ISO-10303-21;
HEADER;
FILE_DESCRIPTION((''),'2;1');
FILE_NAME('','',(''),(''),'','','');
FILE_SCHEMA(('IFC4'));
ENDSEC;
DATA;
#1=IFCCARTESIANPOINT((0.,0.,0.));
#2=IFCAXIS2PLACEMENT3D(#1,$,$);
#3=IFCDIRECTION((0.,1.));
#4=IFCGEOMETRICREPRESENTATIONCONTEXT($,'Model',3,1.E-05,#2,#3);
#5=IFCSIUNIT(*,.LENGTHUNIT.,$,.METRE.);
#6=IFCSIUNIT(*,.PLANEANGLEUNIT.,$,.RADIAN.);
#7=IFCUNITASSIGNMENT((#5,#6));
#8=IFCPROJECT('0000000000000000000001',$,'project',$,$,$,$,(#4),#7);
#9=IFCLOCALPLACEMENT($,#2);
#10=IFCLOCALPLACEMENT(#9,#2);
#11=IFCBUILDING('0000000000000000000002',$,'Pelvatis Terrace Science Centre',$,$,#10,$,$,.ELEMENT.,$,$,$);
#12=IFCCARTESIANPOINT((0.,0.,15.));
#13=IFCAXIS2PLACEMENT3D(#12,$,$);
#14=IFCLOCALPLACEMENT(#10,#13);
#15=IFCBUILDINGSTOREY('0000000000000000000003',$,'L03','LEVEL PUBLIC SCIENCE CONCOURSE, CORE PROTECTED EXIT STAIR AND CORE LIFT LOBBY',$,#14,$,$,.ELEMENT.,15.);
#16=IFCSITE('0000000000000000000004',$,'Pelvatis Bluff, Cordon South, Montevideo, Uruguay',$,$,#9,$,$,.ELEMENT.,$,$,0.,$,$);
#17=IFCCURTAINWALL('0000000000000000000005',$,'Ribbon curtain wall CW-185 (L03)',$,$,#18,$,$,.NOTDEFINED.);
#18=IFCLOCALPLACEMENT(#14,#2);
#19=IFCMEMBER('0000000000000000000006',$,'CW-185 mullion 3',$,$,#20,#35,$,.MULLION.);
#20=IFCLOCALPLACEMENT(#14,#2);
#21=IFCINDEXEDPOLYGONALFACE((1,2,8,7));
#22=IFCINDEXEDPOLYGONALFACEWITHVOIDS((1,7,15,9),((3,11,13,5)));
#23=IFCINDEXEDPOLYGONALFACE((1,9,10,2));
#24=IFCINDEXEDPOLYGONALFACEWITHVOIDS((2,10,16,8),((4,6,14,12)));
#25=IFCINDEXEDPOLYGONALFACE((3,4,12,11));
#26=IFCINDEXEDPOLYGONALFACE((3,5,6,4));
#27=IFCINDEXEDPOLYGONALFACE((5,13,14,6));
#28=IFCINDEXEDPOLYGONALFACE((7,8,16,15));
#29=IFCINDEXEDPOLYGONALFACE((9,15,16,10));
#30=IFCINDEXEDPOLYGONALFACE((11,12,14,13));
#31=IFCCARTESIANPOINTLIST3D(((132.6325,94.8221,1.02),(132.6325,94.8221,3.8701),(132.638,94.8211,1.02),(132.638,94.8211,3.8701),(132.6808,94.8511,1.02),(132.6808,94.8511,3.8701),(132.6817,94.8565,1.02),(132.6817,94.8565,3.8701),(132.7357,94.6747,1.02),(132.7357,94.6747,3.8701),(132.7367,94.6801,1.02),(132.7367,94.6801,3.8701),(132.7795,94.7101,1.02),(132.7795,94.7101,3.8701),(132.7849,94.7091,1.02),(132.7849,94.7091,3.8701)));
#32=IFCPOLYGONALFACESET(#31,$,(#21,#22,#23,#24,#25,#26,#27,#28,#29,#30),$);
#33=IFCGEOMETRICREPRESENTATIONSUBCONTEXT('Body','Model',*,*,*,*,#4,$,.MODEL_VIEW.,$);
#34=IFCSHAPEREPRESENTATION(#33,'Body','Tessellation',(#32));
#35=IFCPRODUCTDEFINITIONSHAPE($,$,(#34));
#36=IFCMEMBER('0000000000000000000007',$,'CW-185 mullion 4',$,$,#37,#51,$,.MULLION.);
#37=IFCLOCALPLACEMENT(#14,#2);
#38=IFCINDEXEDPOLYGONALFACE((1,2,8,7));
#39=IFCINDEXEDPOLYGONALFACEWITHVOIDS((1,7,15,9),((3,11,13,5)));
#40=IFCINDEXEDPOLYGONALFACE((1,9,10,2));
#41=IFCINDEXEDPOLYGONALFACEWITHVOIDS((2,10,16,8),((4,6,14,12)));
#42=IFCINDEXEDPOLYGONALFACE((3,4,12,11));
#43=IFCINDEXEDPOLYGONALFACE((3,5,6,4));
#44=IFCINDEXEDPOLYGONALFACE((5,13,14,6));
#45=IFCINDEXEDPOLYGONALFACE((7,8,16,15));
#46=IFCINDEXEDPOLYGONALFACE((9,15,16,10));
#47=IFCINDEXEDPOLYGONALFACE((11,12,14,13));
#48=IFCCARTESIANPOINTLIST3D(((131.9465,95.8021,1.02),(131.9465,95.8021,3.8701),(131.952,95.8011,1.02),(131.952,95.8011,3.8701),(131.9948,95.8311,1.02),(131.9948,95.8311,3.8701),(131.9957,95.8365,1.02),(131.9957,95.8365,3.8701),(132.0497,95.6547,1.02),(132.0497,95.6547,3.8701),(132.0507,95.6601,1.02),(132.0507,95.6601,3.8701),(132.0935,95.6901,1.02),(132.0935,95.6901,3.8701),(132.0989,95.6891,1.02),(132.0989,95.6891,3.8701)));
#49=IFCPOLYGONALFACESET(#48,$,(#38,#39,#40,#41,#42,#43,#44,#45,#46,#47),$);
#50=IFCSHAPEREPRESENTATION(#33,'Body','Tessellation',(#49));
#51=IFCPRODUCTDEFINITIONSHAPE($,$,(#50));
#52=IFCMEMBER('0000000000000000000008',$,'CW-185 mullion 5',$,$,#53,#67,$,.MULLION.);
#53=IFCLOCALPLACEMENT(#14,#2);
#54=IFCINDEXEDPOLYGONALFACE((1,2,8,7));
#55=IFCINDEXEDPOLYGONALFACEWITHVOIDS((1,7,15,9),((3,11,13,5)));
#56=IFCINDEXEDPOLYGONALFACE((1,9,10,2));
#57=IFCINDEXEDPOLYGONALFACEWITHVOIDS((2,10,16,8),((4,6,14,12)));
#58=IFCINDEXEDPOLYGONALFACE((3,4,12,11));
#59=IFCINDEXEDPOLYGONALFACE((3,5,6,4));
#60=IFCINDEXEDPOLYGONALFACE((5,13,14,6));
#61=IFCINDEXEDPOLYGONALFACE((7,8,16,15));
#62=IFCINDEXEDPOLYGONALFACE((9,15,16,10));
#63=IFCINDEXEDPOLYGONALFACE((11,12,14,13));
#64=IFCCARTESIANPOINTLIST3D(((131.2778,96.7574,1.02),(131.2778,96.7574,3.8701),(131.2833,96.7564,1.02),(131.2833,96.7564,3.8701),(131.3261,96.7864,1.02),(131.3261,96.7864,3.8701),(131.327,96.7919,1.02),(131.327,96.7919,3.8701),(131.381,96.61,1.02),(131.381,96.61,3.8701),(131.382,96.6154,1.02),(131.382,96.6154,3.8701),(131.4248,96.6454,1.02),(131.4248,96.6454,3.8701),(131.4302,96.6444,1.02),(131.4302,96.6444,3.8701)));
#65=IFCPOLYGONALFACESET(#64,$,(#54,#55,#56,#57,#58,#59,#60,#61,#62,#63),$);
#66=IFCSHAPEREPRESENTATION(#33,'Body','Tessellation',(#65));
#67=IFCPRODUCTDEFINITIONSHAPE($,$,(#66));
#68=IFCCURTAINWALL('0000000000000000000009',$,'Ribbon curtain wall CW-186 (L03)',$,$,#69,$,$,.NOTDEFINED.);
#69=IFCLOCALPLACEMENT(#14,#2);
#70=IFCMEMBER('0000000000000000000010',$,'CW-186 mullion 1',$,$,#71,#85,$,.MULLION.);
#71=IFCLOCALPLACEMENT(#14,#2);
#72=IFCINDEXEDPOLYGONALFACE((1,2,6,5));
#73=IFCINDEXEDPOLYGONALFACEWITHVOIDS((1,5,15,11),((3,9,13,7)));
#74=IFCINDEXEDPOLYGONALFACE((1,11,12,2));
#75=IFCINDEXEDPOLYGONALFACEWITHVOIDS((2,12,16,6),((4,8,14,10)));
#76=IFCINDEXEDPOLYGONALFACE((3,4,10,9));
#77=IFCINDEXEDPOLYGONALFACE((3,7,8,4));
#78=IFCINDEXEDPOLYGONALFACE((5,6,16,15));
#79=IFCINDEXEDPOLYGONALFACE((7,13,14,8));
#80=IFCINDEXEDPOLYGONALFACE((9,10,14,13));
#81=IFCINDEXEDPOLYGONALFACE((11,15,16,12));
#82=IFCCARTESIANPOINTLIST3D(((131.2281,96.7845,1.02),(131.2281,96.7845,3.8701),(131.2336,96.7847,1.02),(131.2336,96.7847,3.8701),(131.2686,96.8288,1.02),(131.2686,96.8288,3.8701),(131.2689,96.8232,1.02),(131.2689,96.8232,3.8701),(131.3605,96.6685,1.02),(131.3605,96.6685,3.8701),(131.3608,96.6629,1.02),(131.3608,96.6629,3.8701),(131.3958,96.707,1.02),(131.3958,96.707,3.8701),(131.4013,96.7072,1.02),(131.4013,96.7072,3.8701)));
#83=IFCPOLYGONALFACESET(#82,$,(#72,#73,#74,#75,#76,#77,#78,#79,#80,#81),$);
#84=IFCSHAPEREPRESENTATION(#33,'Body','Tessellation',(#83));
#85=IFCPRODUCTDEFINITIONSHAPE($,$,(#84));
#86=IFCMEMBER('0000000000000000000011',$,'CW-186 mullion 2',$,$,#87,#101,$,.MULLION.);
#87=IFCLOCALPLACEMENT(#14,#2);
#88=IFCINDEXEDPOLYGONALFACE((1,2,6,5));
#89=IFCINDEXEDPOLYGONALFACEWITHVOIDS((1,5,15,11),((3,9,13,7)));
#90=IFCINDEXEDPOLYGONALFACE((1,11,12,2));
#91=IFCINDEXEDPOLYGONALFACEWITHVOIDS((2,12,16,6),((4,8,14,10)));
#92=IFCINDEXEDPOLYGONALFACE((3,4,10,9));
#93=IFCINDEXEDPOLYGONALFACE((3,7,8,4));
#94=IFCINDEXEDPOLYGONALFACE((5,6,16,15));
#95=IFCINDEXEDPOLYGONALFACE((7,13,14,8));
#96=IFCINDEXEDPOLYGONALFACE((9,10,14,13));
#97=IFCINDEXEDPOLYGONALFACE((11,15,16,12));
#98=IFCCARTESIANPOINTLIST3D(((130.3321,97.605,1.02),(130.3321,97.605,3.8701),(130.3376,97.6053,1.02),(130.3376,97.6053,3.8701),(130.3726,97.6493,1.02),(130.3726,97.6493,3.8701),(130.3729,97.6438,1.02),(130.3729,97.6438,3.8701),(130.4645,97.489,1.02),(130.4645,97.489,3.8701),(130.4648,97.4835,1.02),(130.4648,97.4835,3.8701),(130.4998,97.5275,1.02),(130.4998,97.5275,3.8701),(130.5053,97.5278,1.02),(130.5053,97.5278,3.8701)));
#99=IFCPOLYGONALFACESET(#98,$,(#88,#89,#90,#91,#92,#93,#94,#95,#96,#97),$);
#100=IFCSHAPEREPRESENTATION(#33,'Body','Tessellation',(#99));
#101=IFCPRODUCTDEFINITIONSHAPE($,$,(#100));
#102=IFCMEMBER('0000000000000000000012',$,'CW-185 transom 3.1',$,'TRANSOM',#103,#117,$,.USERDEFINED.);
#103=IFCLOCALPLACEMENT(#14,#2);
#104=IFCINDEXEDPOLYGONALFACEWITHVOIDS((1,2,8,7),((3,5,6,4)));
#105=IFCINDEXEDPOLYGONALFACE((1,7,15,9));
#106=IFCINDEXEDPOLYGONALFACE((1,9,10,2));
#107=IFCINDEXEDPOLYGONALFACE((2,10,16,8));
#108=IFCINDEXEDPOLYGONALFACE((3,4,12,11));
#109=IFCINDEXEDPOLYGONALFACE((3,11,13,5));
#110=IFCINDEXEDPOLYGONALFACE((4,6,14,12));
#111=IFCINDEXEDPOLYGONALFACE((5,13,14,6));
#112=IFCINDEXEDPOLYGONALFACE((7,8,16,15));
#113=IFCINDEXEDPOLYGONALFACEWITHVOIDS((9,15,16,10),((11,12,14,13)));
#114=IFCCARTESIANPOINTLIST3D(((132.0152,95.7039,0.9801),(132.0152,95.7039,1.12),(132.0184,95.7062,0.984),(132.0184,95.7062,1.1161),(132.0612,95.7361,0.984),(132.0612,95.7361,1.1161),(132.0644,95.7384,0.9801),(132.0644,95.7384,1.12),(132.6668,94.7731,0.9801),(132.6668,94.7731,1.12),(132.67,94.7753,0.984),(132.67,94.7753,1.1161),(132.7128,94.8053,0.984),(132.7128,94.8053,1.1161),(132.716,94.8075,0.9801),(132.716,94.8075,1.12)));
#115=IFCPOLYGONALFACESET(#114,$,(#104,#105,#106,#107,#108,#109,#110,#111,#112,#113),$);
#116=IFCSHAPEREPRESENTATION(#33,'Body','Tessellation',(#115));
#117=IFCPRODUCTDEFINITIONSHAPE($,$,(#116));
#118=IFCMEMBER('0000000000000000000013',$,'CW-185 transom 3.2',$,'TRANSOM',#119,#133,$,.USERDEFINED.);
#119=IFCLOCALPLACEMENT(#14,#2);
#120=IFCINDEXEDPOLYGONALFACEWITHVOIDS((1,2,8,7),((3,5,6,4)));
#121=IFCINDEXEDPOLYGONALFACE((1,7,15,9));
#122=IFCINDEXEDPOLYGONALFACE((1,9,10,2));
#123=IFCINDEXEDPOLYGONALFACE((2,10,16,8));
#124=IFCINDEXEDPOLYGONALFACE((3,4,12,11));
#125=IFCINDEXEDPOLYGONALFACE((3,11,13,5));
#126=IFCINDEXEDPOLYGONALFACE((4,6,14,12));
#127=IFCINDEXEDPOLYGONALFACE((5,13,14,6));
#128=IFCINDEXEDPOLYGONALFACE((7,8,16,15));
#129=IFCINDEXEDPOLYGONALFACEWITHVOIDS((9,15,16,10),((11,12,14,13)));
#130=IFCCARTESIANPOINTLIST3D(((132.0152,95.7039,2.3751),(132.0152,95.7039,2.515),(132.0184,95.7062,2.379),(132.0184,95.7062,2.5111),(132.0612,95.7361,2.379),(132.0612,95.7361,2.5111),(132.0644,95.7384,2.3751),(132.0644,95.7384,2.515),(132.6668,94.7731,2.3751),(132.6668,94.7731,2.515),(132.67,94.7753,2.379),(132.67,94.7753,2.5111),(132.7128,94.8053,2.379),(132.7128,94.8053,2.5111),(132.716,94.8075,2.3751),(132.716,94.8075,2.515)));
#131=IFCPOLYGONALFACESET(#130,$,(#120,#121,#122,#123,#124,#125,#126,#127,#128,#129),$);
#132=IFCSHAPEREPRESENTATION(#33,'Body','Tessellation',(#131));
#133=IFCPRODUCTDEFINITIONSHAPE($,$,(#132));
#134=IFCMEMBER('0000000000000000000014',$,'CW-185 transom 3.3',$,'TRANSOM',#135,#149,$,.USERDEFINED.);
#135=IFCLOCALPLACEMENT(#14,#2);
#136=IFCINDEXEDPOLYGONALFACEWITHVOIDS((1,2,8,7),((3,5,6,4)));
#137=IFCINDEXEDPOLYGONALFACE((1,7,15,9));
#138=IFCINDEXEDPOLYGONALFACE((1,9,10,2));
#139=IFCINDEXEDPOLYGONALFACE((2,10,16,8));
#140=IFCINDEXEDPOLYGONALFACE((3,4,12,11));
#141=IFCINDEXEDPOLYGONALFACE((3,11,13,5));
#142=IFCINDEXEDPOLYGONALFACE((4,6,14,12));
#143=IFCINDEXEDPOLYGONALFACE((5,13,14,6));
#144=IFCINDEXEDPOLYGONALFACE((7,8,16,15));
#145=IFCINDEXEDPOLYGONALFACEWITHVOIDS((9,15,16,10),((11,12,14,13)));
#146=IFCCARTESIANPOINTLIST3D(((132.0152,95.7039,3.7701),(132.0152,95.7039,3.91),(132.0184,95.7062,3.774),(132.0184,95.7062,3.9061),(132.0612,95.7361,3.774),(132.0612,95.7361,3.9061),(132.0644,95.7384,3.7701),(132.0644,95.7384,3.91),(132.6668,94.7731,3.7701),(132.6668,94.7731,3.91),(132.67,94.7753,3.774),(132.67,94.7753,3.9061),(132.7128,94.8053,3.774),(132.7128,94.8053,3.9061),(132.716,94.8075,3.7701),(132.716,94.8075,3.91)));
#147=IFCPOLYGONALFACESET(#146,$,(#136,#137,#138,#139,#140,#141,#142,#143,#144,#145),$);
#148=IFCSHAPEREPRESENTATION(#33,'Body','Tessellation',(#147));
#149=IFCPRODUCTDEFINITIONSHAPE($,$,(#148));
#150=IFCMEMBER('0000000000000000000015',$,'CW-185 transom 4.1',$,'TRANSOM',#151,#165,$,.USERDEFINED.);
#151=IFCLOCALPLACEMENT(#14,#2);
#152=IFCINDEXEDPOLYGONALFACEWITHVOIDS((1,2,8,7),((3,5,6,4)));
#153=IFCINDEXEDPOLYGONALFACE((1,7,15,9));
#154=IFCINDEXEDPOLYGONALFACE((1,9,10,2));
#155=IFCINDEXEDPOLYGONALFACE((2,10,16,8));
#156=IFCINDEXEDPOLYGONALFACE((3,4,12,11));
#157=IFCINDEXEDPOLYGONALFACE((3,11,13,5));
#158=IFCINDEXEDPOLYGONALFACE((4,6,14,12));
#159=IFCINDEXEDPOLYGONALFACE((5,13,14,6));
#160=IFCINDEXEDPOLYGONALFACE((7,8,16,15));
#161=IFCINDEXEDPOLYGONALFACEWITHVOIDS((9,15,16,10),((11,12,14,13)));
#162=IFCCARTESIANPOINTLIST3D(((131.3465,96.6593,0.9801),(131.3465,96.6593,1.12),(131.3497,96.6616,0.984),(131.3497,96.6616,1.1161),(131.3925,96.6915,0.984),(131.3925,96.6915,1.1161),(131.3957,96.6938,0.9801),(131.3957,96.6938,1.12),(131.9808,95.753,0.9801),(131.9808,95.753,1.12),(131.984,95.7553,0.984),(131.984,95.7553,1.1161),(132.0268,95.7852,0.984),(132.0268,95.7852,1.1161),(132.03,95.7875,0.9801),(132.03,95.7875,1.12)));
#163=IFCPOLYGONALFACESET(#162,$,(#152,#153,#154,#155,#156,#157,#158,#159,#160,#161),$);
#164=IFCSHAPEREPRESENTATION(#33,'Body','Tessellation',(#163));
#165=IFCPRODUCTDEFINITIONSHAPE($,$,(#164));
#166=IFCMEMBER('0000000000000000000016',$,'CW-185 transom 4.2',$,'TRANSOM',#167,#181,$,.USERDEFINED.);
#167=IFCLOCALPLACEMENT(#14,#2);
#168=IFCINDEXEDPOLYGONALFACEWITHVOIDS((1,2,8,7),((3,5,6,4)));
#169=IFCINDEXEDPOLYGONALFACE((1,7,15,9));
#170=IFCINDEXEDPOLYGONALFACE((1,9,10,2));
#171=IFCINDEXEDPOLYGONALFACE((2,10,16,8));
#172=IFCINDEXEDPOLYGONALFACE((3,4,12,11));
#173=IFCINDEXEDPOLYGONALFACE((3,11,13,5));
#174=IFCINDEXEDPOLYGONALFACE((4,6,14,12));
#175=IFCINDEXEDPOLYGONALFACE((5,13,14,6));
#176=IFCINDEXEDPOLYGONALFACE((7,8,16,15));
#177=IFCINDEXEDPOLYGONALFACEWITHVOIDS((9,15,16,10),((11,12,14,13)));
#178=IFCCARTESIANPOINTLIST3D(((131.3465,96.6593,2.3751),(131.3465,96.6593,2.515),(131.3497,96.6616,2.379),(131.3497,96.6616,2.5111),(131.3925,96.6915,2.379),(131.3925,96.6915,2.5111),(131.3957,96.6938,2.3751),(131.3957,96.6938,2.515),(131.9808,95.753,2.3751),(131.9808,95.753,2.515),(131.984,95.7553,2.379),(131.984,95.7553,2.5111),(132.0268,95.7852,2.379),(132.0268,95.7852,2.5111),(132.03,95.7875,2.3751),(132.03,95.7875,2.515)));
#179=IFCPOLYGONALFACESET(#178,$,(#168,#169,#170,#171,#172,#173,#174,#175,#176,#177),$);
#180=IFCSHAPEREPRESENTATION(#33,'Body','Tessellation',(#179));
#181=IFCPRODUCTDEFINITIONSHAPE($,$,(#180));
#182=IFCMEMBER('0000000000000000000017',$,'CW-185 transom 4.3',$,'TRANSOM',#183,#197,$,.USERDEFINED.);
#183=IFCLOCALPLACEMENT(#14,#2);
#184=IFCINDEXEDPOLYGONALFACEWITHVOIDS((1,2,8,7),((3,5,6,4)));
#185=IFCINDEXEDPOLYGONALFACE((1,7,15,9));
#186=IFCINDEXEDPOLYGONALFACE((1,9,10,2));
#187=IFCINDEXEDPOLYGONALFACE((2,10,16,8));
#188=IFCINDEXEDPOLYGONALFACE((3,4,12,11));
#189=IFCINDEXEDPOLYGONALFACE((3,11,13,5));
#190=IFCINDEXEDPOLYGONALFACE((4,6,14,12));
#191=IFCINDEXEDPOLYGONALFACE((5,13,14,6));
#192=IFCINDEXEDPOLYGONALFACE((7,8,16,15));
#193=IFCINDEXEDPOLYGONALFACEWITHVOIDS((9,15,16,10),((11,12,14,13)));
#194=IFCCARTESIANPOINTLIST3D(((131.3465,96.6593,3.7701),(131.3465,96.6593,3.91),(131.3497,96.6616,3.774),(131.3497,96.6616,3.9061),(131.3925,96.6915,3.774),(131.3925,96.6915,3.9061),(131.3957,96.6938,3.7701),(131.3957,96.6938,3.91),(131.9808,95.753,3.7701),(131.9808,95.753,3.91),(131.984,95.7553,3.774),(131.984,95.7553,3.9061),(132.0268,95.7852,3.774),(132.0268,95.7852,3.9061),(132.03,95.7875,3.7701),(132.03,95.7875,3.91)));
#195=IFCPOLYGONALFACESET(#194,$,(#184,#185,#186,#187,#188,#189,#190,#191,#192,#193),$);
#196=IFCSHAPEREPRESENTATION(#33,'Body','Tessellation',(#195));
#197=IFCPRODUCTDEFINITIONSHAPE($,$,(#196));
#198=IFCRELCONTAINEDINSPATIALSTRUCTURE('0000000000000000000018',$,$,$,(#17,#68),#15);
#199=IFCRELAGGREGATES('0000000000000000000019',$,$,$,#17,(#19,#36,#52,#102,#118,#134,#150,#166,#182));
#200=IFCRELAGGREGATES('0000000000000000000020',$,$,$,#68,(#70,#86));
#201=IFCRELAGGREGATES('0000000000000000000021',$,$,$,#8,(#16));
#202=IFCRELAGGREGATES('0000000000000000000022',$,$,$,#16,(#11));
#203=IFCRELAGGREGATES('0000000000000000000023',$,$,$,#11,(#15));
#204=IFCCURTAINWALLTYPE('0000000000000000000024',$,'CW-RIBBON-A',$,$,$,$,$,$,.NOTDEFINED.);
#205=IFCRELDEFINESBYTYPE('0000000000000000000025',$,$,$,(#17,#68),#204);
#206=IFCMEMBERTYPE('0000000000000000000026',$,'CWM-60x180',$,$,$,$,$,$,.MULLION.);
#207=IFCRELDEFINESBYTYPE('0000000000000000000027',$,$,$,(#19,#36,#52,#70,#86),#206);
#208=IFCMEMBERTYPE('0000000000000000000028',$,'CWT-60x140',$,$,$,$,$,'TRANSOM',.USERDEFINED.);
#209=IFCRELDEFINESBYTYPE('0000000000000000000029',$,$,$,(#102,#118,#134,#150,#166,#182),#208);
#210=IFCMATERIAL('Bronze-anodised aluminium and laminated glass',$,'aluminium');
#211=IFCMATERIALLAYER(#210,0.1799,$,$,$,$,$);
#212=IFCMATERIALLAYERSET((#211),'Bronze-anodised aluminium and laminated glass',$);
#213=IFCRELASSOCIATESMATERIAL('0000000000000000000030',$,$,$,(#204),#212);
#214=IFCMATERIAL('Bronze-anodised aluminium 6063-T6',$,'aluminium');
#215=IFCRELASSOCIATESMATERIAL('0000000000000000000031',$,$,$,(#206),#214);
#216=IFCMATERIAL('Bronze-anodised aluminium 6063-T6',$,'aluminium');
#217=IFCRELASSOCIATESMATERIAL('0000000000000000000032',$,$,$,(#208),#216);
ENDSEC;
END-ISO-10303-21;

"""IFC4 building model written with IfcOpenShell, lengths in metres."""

from ifc_helpers import new_model, si_unit, direction, frame, origin, origin_2d, place, context, subcontext, project, spatial, hollow_rectangle, extrude, material, layer, layer_set, material_profile, profile_set, type_object, element, aggregate, save


model = new_model("IFC4")

# Units and contexts
model_context = context("Model", 3, precision=1e-05, world=origin(), true_north=direction((0.0, 1.0)))
body_context = subcontext(model_context, "Body", "Model", "MODEL_VIEW")
ifc_project = project(units=[si_unit("LENGTHUNIT", "METRE"), si_unit("PLANEANGLEUNIT", "RADIAN")], contexts=[model_context])

# Site, building, storey
site_placement = place(None, origin())
site = spatial("IfcSite", under=ifc_project, at=site_placement, Name="Pelvatis Bluff, Cordon South, Montevideo, Uruguay", CompositionType="ELEMENT", RefElevation=0.0)
building_placement = place(site_placement, origin())
building = spatial("IfcBuilding", under=site, at=building_placement, Name="Pelvatis Terrace Science Centre", CompositionType="ELEMENT")
storey_placement = place(building_placement, frame((0.0, 0.0, 15.0)))
storey = spatial("IfcBuildingStorey", under=building, at=storey_placement, Name="L03", Description="LEVEL PUBLIC SCIENCE CONCOURSE, CORE PROTECTED EXIT STAIR AND CORE LIFT LOBBY", CompositionType="ELEMENT", Elevation=15.0)

# Curtain walls, members
ifc_material_1 = material(Name="Bronze-anodised aluminium and laminated glass", Category="aluminium")
ifc_layer_1 = layer(ifc_material_1, 0.1799)
ifc_layer_set_1 = layer_set([ifc_layer_1], Name="Bronze-anodised aluminium and laminated glass")
curtain_wall_type = type_object("IfcCurtainWallType", Name="CW-RIBBON-A", PredefinedType="NOTDEFINED", material=ifc_layer_set_1)
curtain_wall_1_placement = place(storey_placement, origin())
curtain_wall_1 = element("IfcCurtainWall", 1, at=curtain_wall_1_placement, inside=storey, type_object=curtain_wall_type, Name="Ribbon curtain wall CW-185 (L03)", PredefinedType="NOTDEFINED")
ifc_material_2 = material(Name="Bronze-anodised aluminium 6063-T6", Category="aluminium")
ifc_material_profile_1 = material_profile(ifc_material_2, hollow_rectangle(XDim=0.0601, YDim=0.1799, WallThickness=0.0039, at=origin_2d()), Name="ALU-MUL 60x180")
ifc_profile_set_1 = profile_set([ifc_material_profile_1], Name="Bronze-anodised aluminium 6063-T6")
member_type_1 = type_object("IfcMemberType", Name="CWM-60x180", PredefinedType="MULLION", material=ifc_profile_set_1)
member_1_placement = place(storey_placement, frame((132.7087, 94.7656, 1.02), z_axis=(0.0, 0.0, 1.0), x_axis=(-0.819228, -0.573468, 0.0)))
member_1 = element("IfcMember", 2, at=member_1_placement, type_object=member_type_1, Name="CW-185 mullion 3", PredefinedType="MULLION", context=body_context, shape_type="SweptSolid", body=[
    extrude(hollow_rectangle(XDim=0.0601, YDim=0.1799, WallThickness=0.0039, at=origin_2d()), origin(), (0.0, 0.0, 1.0), 2.8501),
])
member_2_placement = place(storey_placement, frame((132.0227, 95.7456, 1.02), z_axis=(0.0, 0.0, 1.0), x_axis=(-0.819228, -0.573468, 0.0)))
member_2 = element("IfcMember", 3, at=member_2_placement, type_object=member_type_1, Name="CW-185 mullion 4", PredefinedType="MULLION", context=body_context, shape_type="SweptSolid", body=[
    extrude(hollow_rectangle(XDim=0.0601, YDim=0.1799, WallThickness=0.0039, at=origin_2d()), origin(), (0.0, 0.0, 1.0), 2.8501),
])
member_3_placement = place(storey_placement, frame((131.354, 96.7009, 1.02), z_axis=(0.0, 0.0, 1.0), x_axis=(-0.819228, -0.573468, 0.0)))
member_3 = element("IfcMember", 4, at=member_3_placement, type_object=member_type_1, Name="CW-185 mullion 5", PredefinedType="MULLION", context=body_context, shape_type="SweptSolid", body=[
    extrude(hollow_rectangle(XDim=0.0601, YDim=0.1799, WallThickness=0.0039, at=origin_2d()), origin(), (0.0, 0.0, 1.0), 2.8501),
])
curtain_wall_2_placement = place(storey_placement, origin())
curtain_wall_2 = element("IfcCurtainWall", 5, at=curtain_wall_2_placement, inside=storey, type_object=curtain_wall_type, Name="Ribbon curtain wall CW-186 (L03)", PredefinedType="NOTDEFINED")
member_4_placement = place(storey_placement, frame((131.3147, 96.7458, 1.02), z_axis=(0.0, 0.0, 1.0), x_axis=(-0.675452, -0.737404, 0.0)))
member_4 = element("IfcMember", 6, at=member_4_placement, type_object=member_type_1, Name="CW-186 mullion 1", PredefinedType="MULLION", context=body_context, shape_type="SweptSolid", body=[
    extrude(hollow_rectangle(XDim=0.0601, YDim=0.1799, WallThickness=0.0039, at=origin_2d()), origin(), (0.0, 0.0, 1.0), 2.8501),
])
member_5_placement = place(storey_placement, frame((130.4187, 97.5664, 1.02), z_axis=(0.0, 0.0, 1.0), x_axis=(-0.675452, -0.737404, 0.0)))
member_5 = element("IfcMember", 7, at=member_5_placement, type_object=member_type_1, Name="CW-186 mullion 2", PredefinedType="MULLION", context=body_context, shape_type="SweptSolid", body=[
    extrude(hollow_rectangle(XDim=0.0601, YDim=0.1799, WallThickness=0.0039, at=origin_2d()), origin(), (0.0, 0.0, 1.0), 2.8501),
])

# Members
ifc_material_3 = material(Name="Bronze-anodised aluminium 6063-T6", Category="aluminium")
ifc_material_profile_2 = material_profile(ifc_material_3, hollow_rectangle(XDim=0.0601, YDim=0.1399, WallThickness=0.0039, at=origin_2d()), Name="ALU-TRN 60x140")
ifc_profile_set_2 = profile_set([ifc_material_profile_2], Name="Bronze-anodised aluminium 6063-T6")
member_type_2 = type_object("IfcMemberType", Name="CWT-60x140", ElementType="TRANSOM", PredefinedType="USERDEFINED", material=ifc_profile_set_2)
member_6_placement = place(storey_placement, frame((132.6914, 94.7903, 1.05), z_axis=(-0.573448, 0.819242, 0.0), x_axis=(-0.819242, -0.573448, 0.0)))
member_6 = element("IfcMember", 8, at=member_6_placement, type_object=member_type_2, Name="CW-185 transom 3.1", ObjectType="TRANSOM", PredefinedType="USERDEFINED", context=body_context, shape_type="SweptSolid", body=[
    extrude(hollow_rectangle(XDim=0.0601, YDim=0.1399, WallThickness=0.0039, at=origin_2d()), origin(), (0.0, 0.0, 1.0), 1.1362),
])
member_7_placement = place(storey_placement, frame((132.6914, 94.7903, 2.4451), z_axis=(-0.573448, 0.819242, 0.0), x_axis=(-0.819242, -0.573448, 0.0)))
member_7 = element("IfcMember", 9, at=member_7_placement, type_object=member_type_2, Name="CW-185 transom 3.2", ObjectType="TRANSOM", PredefinedType="USERDEFINED", context=body_context, shape_type="SweptSolid", body=[
    extrude(hollow_rectangle(XDim=0.0601, YDim=0.1399, WallThickness=0.0039, at=origin_2d()), origin(), (0.0, 0.0, 1.0), 1.1362),
])
member_8_placement = place(storey_placement, frame((132.6914, 94.7903, 3.8401), z_axis=(-0.573448, 0.819242, 0.0), x_axis=(-0.819242, -0.573448, 0.0)))
member_8 = element("IfcMember", 10, at=member_8_placement, type_object=member_type_2, Name="CW-185 transom 3.3", ObjectType="TRANSOM", PredefinedType="USERDEFINED", context=body_context, shape_type="SweptSolid", body=[
    extrude(hollow_rectangle(XDim=0.0601, YDim=0.1399, WallThickness=0.0039, at=origin_2d()), origin(), (0.0, 0.0, 1.0), 1.1362),
])
member_9_placement = place(storey_placement, frame((132.0054, 95.7703, 1.05), z_axis=(-0.573403, 0.819273, 0.0), x_axis=(-0.819273, -0.573403, 0.0)))
member_9 = element("IfcMember", 11, at=member_9_placement, type_object=member_type_2, Name="CW-185 transom 4.1", ObjectType="TRANSOM", PredefinedType="USERDEFINED", context=body_context, shape_type="SweptSolid", body=[
    extrude(hollow_rectangle(XDim=0.0601, YDim=0.1399, WallThickness=0.0039, at=origin_2d()), origin(), (0.0, 0.0, 1.0), 1.1062),
])
member_10_placement = place(storey_placement, frame((132.0054, 95.7703, 2.4451), z_axis=(-0.573403, 0.819273, 0.0), x_axis=(-0.819273, -0.573403, 0.0)))
member_10 = element("IfcMember", 12, at=member_10_placement, type_object=member_type_2, Name="CW-185 transom 4.2", ObjectType="TRANSOM", PredefinedType="USERDEFINED", context=body_context, shape_type="SweptSolid", body=[
    extrude(hollow_rectangle(XDim=0.0601, YDim=0.1399, WallThickness=0.0039, at=origin_2d()), origin(), (0.0, 0.0, 1.0), 1.1062),
])
member_11_placement = place(storey_placement, frame((132.0054, 95.7703, 3.8401), z_axis=(-0.573403, 0.819273, 0.0), x_axis=(-0.819273, -0.573403, 0.0)))
member_11 = element("IfcMember", 13, at=member_11_placement, type_object=member_type_2, Name="CW-185 transom 4.3", ObjectType="TRANSOM", PredefinedType="USERDEFINED", context=body_context, shape_type="SweptSolid", body=[
    extrude(hollow_rectangle(XDim=0.0601, YDim=0.1399, WallThickness=0.0039, at=origin_2d()), origin(), (0.0, 0.0, 1.0), 1.1062),
])

aggregate(curtain_wall_1, [member_1, member_2, member_3, member_6, member_7, member_8, member_9, member_10, member_11])
aggregate(curtain_wall_2, [member_4, member_5])

save(model, "model.ifc")
